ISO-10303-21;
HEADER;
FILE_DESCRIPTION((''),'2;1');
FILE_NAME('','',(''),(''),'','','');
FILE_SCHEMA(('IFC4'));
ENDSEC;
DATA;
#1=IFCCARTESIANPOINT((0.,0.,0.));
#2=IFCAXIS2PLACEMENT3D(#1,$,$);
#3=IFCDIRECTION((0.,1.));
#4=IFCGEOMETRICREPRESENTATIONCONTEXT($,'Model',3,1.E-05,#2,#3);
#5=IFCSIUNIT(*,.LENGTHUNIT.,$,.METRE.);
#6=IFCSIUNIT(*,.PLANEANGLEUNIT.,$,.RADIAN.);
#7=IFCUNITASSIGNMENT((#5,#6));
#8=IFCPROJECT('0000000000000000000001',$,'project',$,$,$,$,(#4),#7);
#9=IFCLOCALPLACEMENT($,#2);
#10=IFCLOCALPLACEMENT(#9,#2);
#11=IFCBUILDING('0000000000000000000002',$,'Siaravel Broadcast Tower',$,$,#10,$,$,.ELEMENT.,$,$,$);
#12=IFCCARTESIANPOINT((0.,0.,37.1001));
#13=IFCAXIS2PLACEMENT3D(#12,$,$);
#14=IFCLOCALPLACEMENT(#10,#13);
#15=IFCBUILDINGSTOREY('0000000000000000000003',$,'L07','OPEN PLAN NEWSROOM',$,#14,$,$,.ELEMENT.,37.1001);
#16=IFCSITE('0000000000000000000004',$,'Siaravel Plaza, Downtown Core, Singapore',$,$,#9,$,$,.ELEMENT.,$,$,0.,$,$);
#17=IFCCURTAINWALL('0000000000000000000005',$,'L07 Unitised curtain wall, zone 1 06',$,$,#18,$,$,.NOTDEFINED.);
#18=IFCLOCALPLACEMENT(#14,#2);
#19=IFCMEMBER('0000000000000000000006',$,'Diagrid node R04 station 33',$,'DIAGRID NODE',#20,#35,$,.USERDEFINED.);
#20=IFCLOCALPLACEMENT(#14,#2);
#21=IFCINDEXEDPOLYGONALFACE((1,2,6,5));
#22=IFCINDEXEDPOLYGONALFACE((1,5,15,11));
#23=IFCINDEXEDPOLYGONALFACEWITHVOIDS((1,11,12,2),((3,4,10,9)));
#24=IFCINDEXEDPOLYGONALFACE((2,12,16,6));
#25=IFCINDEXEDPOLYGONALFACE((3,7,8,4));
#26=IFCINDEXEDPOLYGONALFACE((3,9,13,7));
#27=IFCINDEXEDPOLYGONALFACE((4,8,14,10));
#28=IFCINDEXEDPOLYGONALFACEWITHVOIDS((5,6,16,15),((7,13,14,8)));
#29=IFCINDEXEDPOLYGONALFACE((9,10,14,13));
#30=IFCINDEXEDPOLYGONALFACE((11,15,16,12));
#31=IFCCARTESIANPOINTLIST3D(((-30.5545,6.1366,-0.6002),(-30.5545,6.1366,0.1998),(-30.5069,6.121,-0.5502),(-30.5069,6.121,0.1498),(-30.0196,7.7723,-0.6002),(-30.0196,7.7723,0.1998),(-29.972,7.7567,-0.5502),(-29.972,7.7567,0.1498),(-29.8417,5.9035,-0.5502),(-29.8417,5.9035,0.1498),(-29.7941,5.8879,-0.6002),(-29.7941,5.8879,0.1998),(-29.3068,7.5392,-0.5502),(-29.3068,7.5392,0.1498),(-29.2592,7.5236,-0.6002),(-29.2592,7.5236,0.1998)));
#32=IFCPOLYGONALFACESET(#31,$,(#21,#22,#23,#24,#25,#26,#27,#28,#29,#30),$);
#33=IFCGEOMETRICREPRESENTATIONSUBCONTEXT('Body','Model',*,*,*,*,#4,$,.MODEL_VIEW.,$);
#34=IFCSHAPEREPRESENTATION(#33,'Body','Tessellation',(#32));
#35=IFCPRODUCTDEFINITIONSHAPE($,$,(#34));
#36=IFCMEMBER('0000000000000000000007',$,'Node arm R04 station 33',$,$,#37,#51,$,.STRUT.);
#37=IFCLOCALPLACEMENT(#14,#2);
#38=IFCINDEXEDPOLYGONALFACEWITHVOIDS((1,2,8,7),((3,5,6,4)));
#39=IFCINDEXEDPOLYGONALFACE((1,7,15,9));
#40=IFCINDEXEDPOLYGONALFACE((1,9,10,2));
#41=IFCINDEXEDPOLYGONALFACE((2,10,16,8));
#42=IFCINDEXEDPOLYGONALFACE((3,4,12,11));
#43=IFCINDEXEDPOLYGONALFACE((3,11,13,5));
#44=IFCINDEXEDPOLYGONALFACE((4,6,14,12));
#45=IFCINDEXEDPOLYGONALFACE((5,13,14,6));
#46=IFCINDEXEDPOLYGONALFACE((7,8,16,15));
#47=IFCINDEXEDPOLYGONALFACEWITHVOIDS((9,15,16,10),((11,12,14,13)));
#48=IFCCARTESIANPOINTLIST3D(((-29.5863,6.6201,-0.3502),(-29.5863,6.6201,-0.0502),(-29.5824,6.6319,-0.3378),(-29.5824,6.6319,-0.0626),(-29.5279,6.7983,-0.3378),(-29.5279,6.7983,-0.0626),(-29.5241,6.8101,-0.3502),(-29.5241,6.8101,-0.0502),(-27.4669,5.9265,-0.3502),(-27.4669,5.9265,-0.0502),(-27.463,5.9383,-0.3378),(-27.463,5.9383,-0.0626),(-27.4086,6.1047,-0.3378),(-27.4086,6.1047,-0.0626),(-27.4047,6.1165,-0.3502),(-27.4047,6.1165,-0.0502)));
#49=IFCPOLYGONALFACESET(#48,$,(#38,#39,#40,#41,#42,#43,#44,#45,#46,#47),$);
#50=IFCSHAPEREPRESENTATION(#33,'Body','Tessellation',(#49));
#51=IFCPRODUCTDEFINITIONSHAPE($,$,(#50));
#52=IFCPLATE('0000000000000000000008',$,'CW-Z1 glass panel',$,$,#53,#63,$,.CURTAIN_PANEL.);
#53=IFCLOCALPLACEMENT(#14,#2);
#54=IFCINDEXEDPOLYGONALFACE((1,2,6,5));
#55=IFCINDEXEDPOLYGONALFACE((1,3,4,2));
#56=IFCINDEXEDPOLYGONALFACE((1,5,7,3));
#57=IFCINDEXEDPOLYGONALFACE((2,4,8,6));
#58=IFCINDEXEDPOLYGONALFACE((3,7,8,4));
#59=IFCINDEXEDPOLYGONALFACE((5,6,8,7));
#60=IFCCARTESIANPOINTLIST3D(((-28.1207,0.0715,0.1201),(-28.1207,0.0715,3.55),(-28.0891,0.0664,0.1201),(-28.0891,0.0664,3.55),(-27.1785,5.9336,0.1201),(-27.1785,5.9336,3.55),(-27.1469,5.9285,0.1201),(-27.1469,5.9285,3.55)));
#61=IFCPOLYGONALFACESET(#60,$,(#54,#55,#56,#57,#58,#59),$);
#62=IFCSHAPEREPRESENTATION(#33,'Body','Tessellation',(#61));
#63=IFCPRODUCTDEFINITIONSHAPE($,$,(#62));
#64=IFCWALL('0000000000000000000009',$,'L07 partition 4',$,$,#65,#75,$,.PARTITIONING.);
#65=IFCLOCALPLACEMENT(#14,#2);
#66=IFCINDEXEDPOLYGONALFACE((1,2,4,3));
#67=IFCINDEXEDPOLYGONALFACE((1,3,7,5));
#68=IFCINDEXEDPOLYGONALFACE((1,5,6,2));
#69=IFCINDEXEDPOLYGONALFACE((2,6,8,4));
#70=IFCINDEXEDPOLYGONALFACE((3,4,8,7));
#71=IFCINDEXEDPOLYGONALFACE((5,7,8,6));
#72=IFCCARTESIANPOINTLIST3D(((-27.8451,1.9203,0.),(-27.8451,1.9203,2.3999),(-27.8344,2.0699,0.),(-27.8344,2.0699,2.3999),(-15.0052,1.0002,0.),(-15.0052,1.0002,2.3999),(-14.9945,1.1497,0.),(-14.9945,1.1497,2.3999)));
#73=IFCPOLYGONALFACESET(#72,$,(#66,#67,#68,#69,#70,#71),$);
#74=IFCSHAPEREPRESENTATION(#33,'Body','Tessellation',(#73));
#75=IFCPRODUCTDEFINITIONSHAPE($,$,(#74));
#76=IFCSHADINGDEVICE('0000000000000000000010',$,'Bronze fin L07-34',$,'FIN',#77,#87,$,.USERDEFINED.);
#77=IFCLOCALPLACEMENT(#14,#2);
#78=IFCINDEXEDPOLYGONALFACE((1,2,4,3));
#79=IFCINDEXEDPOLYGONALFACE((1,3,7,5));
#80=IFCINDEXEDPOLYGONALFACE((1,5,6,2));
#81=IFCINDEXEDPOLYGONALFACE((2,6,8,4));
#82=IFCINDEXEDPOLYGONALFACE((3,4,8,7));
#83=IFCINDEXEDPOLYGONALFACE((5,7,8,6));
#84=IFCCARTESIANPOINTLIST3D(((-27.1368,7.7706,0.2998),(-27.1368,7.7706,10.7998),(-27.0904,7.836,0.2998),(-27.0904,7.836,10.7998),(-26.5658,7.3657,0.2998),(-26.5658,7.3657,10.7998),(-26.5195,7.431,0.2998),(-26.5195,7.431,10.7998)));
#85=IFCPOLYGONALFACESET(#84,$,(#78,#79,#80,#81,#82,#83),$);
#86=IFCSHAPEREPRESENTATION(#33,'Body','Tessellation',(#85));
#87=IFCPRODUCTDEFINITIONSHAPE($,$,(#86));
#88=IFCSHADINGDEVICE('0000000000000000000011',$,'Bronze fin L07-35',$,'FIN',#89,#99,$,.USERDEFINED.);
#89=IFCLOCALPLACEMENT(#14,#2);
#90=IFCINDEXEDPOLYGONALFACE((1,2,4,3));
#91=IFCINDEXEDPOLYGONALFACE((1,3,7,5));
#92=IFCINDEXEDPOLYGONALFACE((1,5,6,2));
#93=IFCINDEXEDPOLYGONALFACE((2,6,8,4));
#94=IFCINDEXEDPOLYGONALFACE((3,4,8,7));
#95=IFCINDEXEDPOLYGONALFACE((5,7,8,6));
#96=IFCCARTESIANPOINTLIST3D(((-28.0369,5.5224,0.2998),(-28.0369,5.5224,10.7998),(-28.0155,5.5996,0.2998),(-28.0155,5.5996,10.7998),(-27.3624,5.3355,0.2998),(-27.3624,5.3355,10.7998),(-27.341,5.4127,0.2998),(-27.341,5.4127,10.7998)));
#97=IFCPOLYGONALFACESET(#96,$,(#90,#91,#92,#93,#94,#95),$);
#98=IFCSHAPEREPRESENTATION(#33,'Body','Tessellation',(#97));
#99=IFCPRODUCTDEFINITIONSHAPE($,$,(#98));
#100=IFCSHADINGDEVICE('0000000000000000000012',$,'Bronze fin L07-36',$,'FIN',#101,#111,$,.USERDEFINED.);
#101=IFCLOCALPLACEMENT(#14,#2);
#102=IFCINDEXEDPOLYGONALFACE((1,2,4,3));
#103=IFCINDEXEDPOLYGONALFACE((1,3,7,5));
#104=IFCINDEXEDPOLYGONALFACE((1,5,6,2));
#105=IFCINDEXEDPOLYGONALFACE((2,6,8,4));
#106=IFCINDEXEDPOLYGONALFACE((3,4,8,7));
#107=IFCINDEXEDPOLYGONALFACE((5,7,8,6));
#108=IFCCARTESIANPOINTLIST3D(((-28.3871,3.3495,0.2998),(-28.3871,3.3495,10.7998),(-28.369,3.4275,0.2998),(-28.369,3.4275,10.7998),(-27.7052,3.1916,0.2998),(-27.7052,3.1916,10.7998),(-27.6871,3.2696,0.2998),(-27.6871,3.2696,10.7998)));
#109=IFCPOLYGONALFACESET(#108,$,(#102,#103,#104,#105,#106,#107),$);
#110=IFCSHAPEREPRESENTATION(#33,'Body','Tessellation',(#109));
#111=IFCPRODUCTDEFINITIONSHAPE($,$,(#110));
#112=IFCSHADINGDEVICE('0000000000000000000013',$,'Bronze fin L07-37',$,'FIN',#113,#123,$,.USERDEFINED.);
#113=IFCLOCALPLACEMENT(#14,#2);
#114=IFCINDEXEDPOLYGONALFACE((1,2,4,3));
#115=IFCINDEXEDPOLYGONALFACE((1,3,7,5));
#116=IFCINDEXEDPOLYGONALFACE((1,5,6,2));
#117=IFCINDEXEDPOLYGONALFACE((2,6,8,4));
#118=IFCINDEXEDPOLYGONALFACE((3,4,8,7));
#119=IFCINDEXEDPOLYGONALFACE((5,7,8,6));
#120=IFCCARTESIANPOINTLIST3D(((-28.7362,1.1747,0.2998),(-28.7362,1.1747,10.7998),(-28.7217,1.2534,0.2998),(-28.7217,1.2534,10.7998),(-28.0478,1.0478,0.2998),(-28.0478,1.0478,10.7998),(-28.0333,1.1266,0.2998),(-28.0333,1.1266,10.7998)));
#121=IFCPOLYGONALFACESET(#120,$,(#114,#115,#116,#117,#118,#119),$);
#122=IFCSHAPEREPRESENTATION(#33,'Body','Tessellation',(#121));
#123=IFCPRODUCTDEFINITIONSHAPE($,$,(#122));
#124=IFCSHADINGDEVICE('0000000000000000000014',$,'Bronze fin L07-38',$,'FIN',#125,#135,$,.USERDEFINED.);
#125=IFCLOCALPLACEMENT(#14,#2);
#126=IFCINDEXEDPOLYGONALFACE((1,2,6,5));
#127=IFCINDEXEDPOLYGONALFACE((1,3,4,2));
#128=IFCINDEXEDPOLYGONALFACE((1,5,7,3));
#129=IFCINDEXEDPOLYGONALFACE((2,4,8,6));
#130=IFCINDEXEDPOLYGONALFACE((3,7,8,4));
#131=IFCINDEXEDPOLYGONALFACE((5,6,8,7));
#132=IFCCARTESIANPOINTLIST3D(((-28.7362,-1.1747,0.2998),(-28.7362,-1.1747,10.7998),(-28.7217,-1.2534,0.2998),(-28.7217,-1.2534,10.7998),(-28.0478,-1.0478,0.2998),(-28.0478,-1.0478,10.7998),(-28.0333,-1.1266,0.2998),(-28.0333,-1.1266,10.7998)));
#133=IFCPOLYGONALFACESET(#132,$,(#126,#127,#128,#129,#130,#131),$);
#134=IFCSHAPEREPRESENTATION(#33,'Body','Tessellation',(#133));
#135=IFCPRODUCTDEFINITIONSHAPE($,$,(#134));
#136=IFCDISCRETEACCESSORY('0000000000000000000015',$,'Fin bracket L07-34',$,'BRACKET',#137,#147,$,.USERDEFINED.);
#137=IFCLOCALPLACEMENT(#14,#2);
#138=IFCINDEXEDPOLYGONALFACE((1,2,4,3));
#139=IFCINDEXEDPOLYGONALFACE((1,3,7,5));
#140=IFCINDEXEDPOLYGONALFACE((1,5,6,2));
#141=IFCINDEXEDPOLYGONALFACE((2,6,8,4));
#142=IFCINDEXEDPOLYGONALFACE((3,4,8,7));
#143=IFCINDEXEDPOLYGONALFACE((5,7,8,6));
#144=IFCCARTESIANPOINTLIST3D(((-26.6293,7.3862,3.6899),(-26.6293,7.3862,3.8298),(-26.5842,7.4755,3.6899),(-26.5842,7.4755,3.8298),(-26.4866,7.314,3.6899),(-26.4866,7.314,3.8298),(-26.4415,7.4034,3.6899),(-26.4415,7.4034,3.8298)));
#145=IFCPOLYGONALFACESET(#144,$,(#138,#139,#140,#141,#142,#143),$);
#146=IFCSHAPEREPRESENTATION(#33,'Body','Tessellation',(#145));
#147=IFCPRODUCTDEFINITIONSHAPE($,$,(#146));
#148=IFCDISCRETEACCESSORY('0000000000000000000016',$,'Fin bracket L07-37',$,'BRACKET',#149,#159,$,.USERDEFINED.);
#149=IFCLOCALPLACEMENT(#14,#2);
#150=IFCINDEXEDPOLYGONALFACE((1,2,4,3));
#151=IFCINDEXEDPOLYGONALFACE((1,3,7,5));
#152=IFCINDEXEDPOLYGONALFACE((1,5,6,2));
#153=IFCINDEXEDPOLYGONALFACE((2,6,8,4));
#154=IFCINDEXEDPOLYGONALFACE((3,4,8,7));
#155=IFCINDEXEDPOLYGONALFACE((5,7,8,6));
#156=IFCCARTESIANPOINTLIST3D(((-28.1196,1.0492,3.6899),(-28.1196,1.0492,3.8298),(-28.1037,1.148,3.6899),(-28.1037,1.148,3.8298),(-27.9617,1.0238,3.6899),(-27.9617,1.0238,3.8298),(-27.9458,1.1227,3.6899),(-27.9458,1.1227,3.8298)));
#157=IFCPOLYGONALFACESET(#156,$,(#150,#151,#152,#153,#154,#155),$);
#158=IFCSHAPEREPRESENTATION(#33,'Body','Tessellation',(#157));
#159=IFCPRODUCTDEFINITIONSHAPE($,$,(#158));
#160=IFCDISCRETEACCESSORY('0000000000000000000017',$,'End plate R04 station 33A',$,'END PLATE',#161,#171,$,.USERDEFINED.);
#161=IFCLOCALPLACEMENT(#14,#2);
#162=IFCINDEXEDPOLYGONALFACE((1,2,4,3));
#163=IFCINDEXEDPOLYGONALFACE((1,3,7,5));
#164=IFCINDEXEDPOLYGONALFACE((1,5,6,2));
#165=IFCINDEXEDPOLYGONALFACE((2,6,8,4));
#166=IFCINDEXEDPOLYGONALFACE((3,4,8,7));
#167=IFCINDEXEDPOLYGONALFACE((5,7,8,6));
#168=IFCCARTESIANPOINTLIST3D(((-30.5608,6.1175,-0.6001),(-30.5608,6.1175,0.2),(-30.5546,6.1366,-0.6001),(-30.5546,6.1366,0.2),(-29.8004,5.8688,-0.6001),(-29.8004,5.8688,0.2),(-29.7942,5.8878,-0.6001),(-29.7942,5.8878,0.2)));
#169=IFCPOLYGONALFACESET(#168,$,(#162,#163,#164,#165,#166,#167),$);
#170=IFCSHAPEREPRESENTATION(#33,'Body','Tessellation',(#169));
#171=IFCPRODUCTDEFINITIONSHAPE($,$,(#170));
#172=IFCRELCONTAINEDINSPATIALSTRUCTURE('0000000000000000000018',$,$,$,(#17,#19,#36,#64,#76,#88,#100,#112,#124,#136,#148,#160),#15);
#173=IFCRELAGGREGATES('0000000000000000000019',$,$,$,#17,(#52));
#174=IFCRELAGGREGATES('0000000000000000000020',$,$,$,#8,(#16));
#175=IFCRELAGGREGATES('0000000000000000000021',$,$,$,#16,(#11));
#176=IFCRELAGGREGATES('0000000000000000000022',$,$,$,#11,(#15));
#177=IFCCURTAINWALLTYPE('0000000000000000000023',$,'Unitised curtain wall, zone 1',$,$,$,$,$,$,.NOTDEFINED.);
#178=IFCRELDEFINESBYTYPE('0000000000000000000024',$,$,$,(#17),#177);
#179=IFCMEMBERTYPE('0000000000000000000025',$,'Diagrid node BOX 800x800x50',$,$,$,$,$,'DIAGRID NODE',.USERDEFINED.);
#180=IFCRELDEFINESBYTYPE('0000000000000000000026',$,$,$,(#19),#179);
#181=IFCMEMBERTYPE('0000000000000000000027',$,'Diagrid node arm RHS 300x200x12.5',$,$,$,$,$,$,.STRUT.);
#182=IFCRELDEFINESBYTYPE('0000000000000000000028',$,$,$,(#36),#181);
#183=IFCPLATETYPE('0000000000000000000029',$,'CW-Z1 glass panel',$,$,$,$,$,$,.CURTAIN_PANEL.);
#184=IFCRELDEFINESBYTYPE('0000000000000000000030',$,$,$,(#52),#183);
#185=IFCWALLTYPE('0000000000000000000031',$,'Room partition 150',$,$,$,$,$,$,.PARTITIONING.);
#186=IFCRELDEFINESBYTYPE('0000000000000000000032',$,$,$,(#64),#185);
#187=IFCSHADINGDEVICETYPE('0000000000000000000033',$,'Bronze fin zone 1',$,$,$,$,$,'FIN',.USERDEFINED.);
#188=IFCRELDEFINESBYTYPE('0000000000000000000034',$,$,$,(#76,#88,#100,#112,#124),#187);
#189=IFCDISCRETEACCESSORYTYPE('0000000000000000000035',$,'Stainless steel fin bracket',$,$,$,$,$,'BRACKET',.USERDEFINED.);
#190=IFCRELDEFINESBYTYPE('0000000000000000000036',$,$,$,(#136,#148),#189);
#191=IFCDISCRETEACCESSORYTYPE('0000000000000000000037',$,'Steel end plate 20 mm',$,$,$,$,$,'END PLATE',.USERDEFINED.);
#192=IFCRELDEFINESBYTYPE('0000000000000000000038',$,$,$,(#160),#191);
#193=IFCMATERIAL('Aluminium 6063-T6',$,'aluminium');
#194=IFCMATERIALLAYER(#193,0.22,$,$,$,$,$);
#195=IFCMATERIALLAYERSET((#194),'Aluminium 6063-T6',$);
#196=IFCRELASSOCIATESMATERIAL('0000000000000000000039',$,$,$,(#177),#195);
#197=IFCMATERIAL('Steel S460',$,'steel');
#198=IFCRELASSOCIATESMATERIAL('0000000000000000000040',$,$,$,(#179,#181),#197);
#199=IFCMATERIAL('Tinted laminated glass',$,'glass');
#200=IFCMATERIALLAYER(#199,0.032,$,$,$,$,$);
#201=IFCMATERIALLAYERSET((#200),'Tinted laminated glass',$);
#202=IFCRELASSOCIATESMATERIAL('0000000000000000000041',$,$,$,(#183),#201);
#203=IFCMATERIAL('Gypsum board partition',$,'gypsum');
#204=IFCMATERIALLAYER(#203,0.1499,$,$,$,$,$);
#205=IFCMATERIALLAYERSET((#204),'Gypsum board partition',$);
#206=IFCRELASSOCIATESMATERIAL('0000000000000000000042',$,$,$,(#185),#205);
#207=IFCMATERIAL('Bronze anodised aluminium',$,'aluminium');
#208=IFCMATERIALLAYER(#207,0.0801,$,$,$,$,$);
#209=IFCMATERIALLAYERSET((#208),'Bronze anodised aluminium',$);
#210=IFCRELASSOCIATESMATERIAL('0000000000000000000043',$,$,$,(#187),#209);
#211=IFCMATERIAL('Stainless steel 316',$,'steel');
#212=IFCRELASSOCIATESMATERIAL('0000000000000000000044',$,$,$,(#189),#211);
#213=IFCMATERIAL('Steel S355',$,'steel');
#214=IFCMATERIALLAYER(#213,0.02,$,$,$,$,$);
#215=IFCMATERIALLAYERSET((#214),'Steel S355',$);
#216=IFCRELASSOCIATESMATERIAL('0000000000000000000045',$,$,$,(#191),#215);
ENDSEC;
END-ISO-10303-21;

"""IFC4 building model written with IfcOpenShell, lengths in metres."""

from ifc_helpers import new_model, si_unit, direction, frame, frame_2d, origin, origin_2d, place, context, subcontext, project, spatial, rectangle, hollow_rectangle, extrude, material, layer, layer_set, material_profile, profile_set, type_object, element, aggregate, save


model = new_model("IFC4")

# Units and contexts
model_context = context("Model", 3, precision=1e-05, world=origin(), true_north=direction((0.0, 1.0)))
body_context = subcontext(model_context, "Body", "Model", "MODEL_VIEW")
ifc_project = project(units=[si_unit("LENGTHUNIT", "METRE"), si_unit("PLANEANGLEUNIT", "RADIAN")], contexts=[model_context])

# Site, building, storey
site_placement = place(None, origin())
site = spatial("IfcSite", under=ifc_project, at=site_placement, Name="Siaravel Plaza, Downtown Core, Singapore", CompositionType="ELEMENT", RefElevation=0.0)
building_placement = place(site_placement, origin())
building = spatial("IfcBuilding", under=site, at=building_placement, Name="Siaravel Broadcast Tower", CompositionType="ELEMENT")
storey_placement = place(building_placement, frame((0.0, 0.0, 37.1001)))
storey = spatial("IfcBuildingStorey", under=building, at=storey_placement, Name="L07", Description="OPEN PLAN NEWSROOM", CompositionType="ELEMENT", Elevation=37.1001)

# Shared definitions
ifc_material_1 = material(Name="Steel S355", Category="steel")

# Curtain wall
ifc_material_2 = material(Name="Aluminium 6063-T6", Category="aluminium")
ifc_layer_1 = layer(ifc_material_2, 0.22)
ifc_layer_set_1 = layer_set([ifc_layer_1], Name="Aluminium 6063-T6")
curtain_wall_type = type_object("IfcCurtainWallType", Name="Unitised curtain wall, zone 1", PredefinedType="NOTDEFINED", material=ifc_layer_set_1)
curtain_wall_1_placement = place(storey_placement, origin())
curtain_wall_1 = element("IfcCurtainWall", 1, at=curtain_wall_1_placement, inside=storey, type_object=curtain_wall_type, Name="L07 Unitised curtain wall, zone 1 06", PredefinedType="NOTDEFINED")

# Members
ifc_material_3 = material(Name="Steel S460", Category="steel")
ifc_material_profile_1 = material_profile(ifc_material_3, hollow_rectangle(XDim=0.8, YDim=0.8, WallThickness=0.05, at=origin_2d()))
ifc_profile_set_1 = profile_set([ifc_material_profile_1], Name="Steel S460")
member_type_1 = type_object("IfcMemberType", Name="Diagrid node BOX 800x800x50", ElementType="DIAGRID NODE", PredefinedType="USERDEFINED", material=ifc_profile_set_1)
member_1_placement = place(storey_placement, frame((-29.6394, 7.6479, -0.2002), z_axis=(-0.310818, -0.95047, 0.0), x_axis=(0.95047, -0.310818, 0.0)))
element("IfcMember", 2, at=member_1_placement, inside=storey, type_object=member_type_1, Name="Diagrid node R04 station 33", ObjectType="DIAGRID NODE", PredefinedType="USERDEFINED", context=body_context, shape_type="SweptSolid", body=[
    extrude(hollow_rectangle(XDim=0.8, YDim=0.8, WallThickness=0.05, at=origin_2d()), origin(), (0.0, 0.0, 1.0), 1.7209),
])
ifc_material_profile_2 = material_profile(ifc_material_3, hollow_rectangle(XDim=0.2, YDim=0.3, WallThickness=0.0125, at=origin_2d()))
ifc_profile_set_2 = profile_set([ifc_material_profile_2], Name="Steel S460")
member_type_2 = type_object("IfcMemberType", Name="Diagrid node arm RHS 300x200x12.5", PredefinedType="STRUT", material=ifc_profile_set_2)
member_2_placement = place(storey_placement, frame((-27.4358, 6.0215, -0.2002), z_axis=(-0.950399, 0.311034, 0.0), x_axis=(-0.311034, -0.950399, 0.0)))
element("IfcMember", 3, at=member_2_placement, inside=storey, type_object=member_type_2, Name="Node arm R04 station 33", PredefinedType="STRUT", context=body_context, shape_type="SweptSolid", body=[
    extrude(hollow_rectangle(XDim=0.2, YDim=0.3, WallThickness=0.0125, at=origin_2d()), origin(), (0.0, 0.0, 1.0), 2.23),
])

# Plate
ifc_material_4 = material(Name="Tinted laminated glass", Category="glass")
ifc_layer_2 = layer(ifc_material_4, 0.032)
ifc_layer_set_2 = layer_set([ifc_layer_2], Name="Tinted laminated glass")
plate_type = type_object("IfcPlateType", Name="CW-Z1 glass panel", PredefinedType="CURTAIN_PANEL", material=ifc_layer_set_2)
plate_placement = place(storey_placement, frame((-27.6338, 3.0, 0.1201), z_axis=(0.0, 0.0, 1.0), x_axis=(-0.158686, -0.987329, 0.0)))
plate = element("IfcPlate", 4, at=plate_placement, type_object=plate_type, Name="CW-Z1 glass panel", PredefinedType="CURTAIN_PANEL", context=body_context, shape_type="SweptSolid", body=[
    extrude(rectangle(XDim=5.9373, YDim=0.032, at=origin_2d()), origin(), (0.0, 0.0, 1.0), 3.4299),
])
aggregate(curtain_wall_1, [plate])

# Wall
ifc_material_5 = material(Name="Gypsum board partition", Category="gypsum")
ifc_layer_3 = layer(ifc_material_5, 0.1499)
ifc_layer_set_3 = layer_set([ifc_layer_3], Name="Gypsum board partition")
wall_type = type_object("IfcWallType", Name="Room partition 150", PredefinedType="PARTITIONING", material=ifc_layer_set_3)
wall_placement = place(storey_placement, frame((-27.8398, 1.9951, 0.0), z_axis=(0.0, 0.0, 1.0), x_axis=(0.997442, -0.071482, 0.0)))
element("IfcWall", 5, at=wall_placement, inside=storey, type_object=wall_type, Name="L07 partition 4", PredefinedType="PARTITIONING", context=body_context, shape_type="SweptSolid", body=[
    extrude(rectangle(XDim=12.8728, YDim=0.1499, at=frame_2d((6.4365, 0.0))), origin(), (0.0, 0.0, 1.0), 2.3999),
])

# Shading devices
ifc_material_6 = material(Name="Bronze anodised aluminium", Category="aluminium")
ifc_layer_4 = layer(ifc_material_6, 0.0801)
ifc_layer_set_4 = layer_set([ifc_layer_4], Name="Bronze anodised aluminium")
shading_device_type = type_object("IfcShadingDeviceType", Name="Bronze fin zone 1", ElementType="FIN", PredefinedType="USERDEFINED", material=ifc_layer_set_4)
for number, where, z_axis, x_axis, name in (
    (6, (-26.8281, 7.6008, 0.2998), (0.0, 0.0, 1.0), (-0.815676, 0.578508, 0.0), "Bronze fin L07-34"),
    (7, (-27.689, 5.4675, 0.2998), (0.0, 0.0, 1.0), (-0.963699, 0.266989, 0.0), "Bronze fin L07-35"),
    (8, (-28.0371, 3.3096, 0.2998), (0.0, 0.0, 1.0), (-0.974238, 0.225524, 0.0), "Bronze fin L07-36"),
    (9, (-28.3848, 1.1506, 0.2998), (0.0, 0.0, 1.0), (-0.983449, 0.181183, 0.0), "Bronze fin L07-37"),
    (10, (-28.3848, -1.1506, 0.2998), (0.0, 0.0, 1.0), (-0.983449, -0.181183, 0.0), "Bronze fin L07-38"),
):
    element("IfcShadingDevice", number, at=place(storey_placement, frame(where, z_axis=z_axis, x_axis=x_axis)), inside=storey, type_object=shading_device_type, Name=name, ObjectType="FIN", PredefinedType="USERDEFINED", context=body_context, shape_type="SweptSolid", body=[
        extrude(rectangle(XDim=0.7, YDim=0.0801, at=origin_2d()), origin(), (0.0, 0.0, 1.0), 10.5),
    ])

# Discrete accessories
ifc_material_7 = material(Name="Stainless steel 316", Category="steel")
discrete_accessory_type_1 = type_object("IfcDiscreteAccessoryType", Name="Stainless steel fin bracket", ElementType="BRACKET", PredefinedType="USERDEFINED", material=ifc_material_7)
for number, where, z_axis, x_axis, name in (
    (11, (-26.5354, 7.3948, 3.6899), (0.0, 0.0, 1.0), (-0.892392, 0.451261, 0.0), "Fin bracket L07-34"),
    (12, (-28.0327, 1.0859, 3.6899), (0.0, 0.0, 1.0), (-0.987329, 0.158685, 0.0), "Fin bracket L07-37"),
):
    element("IfcDiscreteAccessory", number, at=place(storey_placement, frame(where, z_axis=z_axis, x_axis=x_axis)), inside=storey, type_object=discrete_accessory_type_1, Name=name, ObjectType="BRACKET", PredefinedType="USERDEFINED", context=body_context, shape_type="SweptSolid", body=[
        extrude(rectangle(XDim=0.1599, YDim=0.1001, at=origin_2d()), origin(), (0.0, 0.0, 1.0), 0.1399),
    ])
ifc_layer_5 = layer(ifc_material_1, 0.02)
ifc_layer_set_5 = layer_set([ifc_layer_5], Name="Steel S355")
discrete_accessory_type_2 = type_object("IfcDiscreteAccessoryType", Name="Steel end plate 20 mm", ElementType="END PLATE", PredefinedType="USERDEFINED", material=ifc_layer_set_5)
discrete_accessory_placement = place(storey_placement, frame((-30.1775, 6.0027, -0.6001), z_axis=(0.0, 0.0, 1.0), x_axis=(-0.31091, -0.950439, 0.0)))
element("IfcDiscreteAccessory", 13, at=discrete_accessory_placement, inside=storey, type_object=discrete_accessory_type_2, Name="End plate R04 station 33A", ObjectType="END PLATE", PredefinedType="USERDEFINED", context=body_context, shape_type="SweptSolid", body=[
    extrude(rectangle(XDim=0.02, YDim=0.8, at=origin_2d()), origin(), (0.0, 0.0, 1.0), 0.8),
])

save(model, "model.ifc")
